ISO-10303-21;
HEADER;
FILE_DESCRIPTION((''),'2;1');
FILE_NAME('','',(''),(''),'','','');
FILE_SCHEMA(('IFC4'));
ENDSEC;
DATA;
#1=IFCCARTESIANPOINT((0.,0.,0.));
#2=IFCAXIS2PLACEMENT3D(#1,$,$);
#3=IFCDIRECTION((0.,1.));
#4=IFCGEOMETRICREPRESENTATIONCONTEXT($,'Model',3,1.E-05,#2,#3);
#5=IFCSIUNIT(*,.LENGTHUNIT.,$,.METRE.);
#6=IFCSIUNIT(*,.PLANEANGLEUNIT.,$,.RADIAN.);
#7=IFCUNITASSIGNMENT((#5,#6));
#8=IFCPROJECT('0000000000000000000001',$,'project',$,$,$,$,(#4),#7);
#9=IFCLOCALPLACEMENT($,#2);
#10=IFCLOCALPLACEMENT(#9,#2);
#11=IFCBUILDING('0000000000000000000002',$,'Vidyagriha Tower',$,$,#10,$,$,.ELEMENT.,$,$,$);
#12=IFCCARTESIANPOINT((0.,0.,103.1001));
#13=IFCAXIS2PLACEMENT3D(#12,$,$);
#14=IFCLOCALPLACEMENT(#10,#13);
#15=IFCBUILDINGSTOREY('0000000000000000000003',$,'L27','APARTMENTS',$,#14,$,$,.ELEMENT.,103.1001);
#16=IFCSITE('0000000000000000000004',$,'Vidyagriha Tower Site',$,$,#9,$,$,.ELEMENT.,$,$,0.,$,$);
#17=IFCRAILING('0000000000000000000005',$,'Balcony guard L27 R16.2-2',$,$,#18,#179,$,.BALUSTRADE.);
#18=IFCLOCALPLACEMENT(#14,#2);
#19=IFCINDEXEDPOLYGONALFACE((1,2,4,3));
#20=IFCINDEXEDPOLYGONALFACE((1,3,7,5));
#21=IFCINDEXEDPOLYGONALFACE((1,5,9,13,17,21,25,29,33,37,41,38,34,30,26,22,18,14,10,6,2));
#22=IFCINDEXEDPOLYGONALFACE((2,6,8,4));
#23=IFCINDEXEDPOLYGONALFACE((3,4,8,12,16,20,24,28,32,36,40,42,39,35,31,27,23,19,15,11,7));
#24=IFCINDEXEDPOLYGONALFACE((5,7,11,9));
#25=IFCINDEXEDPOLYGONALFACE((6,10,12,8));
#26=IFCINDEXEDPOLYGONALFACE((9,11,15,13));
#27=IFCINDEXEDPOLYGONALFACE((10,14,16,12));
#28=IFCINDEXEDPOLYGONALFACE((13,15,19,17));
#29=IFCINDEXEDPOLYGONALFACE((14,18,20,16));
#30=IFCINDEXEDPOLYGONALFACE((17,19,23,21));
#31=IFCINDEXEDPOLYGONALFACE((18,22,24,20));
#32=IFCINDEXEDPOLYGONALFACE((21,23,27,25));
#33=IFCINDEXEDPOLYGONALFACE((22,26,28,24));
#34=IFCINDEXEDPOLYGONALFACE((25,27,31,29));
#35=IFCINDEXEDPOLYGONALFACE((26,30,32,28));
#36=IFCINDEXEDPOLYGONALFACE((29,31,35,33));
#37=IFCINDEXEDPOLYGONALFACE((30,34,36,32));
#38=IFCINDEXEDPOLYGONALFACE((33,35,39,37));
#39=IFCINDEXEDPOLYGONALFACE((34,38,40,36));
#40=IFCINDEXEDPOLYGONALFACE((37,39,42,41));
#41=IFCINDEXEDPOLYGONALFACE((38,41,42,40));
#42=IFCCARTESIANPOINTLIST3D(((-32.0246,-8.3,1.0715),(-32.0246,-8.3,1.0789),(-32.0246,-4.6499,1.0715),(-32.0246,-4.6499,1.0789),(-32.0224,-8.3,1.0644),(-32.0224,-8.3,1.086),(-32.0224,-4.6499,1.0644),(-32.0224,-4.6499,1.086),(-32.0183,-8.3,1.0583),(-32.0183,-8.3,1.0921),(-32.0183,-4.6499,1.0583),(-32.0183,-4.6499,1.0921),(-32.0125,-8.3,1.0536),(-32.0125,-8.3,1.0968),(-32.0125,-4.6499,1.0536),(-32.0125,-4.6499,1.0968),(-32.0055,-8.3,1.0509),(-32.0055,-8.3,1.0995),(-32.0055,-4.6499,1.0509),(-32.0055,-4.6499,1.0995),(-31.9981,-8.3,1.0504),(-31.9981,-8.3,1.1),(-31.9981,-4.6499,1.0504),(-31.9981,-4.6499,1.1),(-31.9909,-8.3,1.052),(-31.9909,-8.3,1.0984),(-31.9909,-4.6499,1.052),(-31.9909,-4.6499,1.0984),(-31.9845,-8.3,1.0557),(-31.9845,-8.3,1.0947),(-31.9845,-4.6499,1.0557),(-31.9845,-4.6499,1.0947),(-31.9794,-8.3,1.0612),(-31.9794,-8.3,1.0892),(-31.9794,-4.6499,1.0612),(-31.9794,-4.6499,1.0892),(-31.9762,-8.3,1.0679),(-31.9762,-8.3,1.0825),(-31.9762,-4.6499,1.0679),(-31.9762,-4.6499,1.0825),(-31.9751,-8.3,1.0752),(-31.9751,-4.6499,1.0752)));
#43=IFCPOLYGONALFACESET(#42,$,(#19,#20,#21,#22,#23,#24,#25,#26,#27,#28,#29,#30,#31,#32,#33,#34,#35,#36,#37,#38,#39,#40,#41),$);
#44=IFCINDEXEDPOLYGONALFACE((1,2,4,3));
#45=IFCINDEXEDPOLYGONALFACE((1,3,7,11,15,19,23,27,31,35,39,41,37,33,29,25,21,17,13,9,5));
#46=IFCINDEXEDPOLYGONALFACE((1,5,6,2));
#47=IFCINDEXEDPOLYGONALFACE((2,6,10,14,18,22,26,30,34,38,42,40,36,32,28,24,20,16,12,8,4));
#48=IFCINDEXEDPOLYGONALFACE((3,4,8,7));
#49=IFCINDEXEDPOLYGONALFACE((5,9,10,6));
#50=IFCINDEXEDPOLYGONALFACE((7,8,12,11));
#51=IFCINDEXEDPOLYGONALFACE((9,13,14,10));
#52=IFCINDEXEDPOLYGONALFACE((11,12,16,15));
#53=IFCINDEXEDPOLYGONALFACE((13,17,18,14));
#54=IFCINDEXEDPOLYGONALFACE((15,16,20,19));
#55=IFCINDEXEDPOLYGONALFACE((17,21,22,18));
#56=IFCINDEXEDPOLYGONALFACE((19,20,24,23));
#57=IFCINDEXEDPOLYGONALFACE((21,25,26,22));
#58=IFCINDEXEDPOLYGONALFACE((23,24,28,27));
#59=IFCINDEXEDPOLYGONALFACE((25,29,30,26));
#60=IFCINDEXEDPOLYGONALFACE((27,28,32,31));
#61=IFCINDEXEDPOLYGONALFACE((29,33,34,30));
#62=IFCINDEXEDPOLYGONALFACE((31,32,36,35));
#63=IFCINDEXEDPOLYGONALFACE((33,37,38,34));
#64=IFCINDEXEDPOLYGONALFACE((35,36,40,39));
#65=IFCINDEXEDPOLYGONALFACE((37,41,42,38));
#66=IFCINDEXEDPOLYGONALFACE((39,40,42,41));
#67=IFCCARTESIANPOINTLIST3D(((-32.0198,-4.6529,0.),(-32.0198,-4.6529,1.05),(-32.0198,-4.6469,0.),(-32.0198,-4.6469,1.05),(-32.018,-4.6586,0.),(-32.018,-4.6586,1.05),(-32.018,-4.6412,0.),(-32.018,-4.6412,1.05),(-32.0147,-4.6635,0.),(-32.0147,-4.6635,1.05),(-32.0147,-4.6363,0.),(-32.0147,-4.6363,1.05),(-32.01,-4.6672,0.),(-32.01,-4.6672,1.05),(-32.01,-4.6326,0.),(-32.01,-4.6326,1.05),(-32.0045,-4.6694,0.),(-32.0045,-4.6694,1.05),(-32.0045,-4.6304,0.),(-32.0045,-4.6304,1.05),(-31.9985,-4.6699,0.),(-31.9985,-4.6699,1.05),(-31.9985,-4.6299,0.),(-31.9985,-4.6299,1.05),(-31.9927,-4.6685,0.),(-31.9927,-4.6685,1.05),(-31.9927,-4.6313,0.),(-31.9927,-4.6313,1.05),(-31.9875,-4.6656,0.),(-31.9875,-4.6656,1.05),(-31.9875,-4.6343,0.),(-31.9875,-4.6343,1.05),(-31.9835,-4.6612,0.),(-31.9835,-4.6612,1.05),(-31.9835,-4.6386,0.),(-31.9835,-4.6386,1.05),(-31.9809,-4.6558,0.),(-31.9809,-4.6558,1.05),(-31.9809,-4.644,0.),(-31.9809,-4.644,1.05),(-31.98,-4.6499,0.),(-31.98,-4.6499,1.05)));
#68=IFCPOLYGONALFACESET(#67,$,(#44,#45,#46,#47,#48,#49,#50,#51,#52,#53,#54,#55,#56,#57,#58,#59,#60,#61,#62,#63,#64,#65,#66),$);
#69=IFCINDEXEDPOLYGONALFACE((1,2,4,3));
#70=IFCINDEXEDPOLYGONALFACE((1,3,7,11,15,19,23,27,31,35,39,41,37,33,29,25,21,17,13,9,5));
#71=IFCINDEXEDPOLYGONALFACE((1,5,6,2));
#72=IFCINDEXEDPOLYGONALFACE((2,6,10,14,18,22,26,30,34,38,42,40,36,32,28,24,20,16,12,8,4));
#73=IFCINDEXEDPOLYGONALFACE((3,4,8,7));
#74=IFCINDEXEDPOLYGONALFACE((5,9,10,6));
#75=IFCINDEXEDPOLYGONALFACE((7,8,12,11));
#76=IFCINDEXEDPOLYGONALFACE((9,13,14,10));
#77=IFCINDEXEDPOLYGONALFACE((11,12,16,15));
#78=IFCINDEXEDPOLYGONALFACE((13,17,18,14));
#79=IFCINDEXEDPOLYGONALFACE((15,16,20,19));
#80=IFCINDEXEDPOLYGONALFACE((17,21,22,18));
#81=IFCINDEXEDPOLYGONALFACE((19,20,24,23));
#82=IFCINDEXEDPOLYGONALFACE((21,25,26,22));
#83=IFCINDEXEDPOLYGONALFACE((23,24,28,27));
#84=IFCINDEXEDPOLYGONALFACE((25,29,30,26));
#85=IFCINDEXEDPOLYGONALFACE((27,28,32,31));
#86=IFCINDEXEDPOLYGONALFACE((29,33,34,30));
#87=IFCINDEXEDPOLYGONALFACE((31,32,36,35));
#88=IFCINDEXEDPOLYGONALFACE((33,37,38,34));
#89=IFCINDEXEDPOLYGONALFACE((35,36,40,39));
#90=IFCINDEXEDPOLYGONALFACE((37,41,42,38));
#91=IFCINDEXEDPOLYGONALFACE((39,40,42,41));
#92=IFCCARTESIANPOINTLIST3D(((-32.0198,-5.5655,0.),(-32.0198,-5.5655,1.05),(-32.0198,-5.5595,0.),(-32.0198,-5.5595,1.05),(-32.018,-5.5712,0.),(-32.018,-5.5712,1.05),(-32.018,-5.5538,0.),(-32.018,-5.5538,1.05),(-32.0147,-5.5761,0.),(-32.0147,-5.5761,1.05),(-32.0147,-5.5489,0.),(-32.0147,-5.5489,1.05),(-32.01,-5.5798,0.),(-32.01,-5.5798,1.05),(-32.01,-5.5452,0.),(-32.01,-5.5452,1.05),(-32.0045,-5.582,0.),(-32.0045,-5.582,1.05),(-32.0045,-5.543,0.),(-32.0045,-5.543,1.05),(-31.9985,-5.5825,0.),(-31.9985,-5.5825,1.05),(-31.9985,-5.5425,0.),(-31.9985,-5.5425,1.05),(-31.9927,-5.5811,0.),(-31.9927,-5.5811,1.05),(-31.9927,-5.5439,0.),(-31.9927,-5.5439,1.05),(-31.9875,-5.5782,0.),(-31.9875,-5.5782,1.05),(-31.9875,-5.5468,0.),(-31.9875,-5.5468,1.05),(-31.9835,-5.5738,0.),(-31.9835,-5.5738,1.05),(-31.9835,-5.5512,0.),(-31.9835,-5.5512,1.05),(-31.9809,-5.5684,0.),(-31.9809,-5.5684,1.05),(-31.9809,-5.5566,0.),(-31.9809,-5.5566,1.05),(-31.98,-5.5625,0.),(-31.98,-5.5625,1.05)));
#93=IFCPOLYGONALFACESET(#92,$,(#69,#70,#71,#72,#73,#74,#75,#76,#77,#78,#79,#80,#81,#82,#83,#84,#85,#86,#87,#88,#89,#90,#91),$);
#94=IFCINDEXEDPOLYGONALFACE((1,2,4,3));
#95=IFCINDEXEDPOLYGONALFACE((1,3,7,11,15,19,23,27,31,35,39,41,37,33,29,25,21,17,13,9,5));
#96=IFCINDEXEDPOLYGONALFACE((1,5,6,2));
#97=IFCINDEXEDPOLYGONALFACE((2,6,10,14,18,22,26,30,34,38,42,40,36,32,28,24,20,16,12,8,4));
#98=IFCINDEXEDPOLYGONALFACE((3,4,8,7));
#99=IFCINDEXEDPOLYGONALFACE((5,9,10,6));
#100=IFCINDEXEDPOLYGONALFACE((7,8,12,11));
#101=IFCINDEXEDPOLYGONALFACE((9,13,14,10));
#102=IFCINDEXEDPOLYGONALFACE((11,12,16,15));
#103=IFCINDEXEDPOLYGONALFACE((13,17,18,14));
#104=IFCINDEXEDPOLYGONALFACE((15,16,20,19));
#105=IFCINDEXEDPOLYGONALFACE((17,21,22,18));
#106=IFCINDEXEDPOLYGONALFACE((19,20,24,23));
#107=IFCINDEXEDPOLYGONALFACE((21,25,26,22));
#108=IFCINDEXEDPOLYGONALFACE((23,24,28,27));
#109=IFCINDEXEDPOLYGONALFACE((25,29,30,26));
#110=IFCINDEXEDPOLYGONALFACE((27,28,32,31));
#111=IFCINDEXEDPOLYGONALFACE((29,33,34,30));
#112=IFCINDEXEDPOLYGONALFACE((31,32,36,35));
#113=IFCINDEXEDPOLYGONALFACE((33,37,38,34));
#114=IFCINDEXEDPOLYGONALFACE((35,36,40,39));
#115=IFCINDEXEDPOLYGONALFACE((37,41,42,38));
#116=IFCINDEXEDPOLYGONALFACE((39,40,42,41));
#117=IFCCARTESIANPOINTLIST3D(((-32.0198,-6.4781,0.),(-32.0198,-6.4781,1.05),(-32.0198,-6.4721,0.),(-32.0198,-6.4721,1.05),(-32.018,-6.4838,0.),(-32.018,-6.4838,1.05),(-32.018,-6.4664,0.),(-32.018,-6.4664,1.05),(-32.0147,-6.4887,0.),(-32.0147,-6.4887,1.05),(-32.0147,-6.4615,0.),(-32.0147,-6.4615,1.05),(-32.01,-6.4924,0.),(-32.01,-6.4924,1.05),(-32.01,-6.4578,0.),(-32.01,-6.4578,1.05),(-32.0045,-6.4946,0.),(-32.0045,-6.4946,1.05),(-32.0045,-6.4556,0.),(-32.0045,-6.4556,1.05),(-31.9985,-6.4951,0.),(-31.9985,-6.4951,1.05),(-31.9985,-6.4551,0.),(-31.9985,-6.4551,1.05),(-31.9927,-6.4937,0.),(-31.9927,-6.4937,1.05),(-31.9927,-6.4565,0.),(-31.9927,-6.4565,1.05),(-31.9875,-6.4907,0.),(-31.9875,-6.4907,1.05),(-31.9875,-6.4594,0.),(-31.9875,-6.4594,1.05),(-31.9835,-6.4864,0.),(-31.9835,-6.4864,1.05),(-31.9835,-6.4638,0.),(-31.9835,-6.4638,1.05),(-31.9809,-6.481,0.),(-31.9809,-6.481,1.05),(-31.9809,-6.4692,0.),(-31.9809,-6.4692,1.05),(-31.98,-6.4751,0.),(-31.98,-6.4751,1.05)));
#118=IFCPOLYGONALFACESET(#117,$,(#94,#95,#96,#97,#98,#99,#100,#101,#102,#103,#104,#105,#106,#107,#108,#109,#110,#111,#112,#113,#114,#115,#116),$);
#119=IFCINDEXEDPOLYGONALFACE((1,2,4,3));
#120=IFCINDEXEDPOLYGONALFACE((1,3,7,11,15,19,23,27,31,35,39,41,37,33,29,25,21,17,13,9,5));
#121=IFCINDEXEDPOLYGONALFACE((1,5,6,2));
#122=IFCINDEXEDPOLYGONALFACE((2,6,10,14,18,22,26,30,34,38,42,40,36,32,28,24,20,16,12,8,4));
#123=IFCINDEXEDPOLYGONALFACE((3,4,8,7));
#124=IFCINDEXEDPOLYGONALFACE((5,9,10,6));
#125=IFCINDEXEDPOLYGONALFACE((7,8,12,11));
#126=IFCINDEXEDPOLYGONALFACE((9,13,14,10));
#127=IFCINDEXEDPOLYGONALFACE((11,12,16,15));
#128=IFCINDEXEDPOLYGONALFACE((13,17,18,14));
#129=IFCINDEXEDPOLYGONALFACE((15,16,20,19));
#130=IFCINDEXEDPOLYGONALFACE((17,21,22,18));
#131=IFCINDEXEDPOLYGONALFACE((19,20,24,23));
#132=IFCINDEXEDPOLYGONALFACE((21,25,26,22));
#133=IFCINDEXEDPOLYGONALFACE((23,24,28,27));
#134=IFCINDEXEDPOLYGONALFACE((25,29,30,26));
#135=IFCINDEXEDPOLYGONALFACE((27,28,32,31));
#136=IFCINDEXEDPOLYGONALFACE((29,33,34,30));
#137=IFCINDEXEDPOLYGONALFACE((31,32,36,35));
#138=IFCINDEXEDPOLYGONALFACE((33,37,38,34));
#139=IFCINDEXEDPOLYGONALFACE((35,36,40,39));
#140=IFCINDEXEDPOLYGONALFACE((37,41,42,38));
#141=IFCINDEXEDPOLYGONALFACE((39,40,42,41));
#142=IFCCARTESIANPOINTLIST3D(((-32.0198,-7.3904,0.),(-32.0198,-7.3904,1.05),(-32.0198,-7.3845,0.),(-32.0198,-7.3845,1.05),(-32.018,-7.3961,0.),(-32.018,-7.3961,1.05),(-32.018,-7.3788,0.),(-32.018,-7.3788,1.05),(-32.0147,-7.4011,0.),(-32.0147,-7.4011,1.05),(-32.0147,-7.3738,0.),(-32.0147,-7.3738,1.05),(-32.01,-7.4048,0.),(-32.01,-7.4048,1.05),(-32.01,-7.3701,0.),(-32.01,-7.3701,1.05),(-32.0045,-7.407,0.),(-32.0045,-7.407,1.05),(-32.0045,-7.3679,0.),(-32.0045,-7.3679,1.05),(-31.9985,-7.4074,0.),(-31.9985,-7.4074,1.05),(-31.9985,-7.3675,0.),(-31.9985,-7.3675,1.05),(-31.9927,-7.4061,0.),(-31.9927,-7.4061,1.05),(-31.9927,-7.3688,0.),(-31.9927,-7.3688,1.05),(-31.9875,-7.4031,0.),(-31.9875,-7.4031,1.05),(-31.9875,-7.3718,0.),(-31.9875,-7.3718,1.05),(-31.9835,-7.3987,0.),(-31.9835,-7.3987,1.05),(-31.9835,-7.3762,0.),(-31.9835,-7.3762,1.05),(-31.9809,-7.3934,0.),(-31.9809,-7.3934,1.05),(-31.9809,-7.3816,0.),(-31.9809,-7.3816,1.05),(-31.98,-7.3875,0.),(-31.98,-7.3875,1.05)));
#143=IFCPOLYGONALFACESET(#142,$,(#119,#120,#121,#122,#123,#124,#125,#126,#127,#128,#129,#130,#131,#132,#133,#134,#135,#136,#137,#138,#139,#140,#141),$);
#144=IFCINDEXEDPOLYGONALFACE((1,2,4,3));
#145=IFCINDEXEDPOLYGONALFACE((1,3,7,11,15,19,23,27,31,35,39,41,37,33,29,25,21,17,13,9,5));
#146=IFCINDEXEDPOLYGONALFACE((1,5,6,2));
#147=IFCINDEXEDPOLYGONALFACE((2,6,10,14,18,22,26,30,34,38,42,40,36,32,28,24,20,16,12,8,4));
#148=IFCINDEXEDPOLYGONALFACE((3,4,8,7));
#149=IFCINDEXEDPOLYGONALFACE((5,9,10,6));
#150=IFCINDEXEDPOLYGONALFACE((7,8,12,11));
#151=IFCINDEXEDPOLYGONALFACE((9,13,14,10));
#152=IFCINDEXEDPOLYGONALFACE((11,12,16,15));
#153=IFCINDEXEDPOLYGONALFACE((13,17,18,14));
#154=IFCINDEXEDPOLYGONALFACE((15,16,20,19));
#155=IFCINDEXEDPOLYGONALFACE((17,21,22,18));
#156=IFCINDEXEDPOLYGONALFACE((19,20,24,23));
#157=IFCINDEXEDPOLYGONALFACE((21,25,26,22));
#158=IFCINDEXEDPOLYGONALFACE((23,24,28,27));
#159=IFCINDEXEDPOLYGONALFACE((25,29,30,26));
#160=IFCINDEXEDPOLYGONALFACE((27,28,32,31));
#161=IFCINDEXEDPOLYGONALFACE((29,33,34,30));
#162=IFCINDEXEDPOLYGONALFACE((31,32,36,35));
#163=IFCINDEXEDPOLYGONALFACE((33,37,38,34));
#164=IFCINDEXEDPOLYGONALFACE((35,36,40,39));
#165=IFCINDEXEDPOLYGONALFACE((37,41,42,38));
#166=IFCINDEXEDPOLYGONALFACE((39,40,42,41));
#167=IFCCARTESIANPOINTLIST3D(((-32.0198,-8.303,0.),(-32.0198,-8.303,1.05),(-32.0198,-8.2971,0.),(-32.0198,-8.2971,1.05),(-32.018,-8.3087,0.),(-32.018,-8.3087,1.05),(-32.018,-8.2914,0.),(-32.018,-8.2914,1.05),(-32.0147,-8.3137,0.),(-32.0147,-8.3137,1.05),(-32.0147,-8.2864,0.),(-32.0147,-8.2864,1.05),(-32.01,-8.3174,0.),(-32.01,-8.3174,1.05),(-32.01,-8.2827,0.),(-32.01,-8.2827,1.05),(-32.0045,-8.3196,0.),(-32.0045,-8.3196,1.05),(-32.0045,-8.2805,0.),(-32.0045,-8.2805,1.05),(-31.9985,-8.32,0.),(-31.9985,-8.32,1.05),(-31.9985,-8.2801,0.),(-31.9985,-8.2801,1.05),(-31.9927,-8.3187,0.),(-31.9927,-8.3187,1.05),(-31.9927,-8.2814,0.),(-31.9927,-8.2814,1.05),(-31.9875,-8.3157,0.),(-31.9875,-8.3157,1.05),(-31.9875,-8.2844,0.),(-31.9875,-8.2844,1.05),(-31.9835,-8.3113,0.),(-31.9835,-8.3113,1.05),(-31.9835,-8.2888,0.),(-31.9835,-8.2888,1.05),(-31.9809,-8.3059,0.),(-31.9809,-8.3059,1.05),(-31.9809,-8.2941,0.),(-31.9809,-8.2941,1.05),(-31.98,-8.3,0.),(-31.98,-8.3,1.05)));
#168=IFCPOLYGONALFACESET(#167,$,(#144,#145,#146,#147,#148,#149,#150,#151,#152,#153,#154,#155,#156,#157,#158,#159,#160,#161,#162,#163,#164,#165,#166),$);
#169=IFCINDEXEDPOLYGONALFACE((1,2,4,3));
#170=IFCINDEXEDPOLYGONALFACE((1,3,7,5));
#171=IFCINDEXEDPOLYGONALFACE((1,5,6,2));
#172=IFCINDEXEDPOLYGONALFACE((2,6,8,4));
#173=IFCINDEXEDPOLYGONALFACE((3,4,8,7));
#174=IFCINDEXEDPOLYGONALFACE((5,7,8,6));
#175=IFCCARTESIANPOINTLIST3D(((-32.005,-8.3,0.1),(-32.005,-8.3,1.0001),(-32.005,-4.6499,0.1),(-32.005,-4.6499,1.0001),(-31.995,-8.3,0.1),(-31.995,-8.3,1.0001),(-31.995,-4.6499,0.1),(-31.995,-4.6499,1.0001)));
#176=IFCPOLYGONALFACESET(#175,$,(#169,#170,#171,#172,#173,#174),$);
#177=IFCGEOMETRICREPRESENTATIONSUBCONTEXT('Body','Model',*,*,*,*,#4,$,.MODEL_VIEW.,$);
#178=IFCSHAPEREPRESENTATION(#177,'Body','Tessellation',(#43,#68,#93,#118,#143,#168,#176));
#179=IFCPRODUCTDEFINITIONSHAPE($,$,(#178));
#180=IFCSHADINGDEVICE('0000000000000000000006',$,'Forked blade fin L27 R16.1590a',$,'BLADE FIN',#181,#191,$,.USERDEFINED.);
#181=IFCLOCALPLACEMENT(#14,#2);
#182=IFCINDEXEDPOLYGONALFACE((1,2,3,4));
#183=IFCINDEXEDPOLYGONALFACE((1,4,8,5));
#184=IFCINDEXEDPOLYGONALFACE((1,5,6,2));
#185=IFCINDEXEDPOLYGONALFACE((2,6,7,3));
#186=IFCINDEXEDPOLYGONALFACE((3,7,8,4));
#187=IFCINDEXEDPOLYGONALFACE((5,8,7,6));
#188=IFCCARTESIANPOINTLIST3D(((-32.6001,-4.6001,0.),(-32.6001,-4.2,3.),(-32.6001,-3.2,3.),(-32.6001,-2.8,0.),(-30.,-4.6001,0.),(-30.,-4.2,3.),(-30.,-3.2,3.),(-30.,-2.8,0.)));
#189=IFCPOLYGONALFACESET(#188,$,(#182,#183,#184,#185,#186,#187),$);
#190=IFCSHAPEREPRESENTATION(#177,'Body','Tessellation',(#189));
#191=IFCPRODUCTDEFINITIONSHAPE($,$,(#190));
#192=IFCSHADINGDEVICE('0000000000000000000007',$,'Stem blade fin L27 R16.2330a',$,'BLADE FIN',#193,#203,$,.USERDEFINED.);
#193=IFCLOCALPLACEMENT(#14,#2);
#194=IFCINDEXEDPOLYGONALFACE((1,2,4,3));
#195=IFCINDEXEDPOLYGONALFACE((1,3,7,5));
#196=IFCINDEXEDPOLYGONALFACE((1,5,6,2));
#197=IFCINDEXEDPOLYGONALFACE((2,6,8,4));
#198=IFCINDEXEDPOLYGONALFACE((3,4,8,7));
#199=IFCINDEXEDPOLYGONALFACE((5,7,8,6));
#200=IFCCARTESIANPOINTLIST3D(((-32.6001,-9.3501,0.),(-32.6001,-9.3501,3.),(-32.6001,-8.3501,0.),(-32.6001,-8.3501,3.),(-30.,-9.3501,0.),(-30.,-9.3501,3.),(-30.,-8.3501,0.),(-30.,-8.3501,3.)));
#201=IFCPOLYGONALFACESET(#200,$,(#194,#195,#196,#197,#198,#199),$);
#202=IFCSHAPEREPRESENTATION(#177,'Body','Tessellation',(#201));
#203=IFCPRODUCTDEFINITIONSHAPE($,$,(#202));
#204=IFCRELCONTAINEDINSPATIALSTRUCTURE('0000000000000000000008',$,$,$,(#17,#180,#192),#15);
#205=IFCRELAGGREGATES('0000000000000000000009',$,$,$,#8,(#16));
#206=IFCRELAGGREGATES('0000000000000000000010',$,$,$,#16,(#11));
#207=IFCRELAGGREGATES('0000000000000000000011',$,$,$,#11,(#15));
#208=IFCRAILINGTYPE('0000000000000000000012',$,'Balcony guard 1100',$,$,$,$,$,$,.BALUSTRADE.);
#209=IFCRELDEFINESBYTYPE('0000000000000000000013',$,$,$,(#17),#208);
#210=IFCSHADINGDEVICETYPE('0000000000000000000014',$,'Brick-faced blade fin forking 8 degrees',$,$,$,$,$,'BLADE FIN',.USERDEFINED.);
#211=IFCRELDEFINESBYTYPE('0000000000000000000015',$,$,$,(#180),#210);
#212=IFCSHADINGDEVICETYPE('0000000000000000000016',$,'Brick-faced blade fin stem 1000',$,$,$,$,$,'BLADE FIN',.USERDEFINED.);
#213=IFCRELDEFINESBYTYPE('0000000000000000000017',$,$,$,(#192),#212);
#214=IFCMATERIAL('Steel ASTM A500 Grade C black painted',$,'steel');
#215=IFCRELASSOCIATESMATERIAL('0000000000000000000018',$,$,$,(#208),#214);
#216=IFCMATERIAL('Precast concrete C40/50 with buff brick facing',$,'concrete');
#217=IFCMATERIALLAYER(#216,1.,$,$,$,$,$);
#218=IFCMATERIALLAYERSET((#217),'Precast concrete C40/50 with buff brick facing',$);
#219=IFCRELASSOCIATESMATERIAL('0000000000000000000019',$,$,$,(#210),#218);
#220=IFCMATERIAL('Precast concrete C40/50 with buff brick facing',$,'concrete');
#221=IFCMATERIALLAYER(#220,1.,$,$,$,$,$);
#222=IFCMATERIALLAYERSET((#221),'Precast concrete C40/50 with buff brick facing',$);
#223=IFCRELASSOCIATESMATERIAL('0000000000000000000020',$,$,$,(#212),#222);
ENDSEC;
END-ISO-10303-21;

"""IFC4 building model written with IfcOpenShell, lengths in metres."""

from ifc_helpers import new_model, si_unit, direction, frame, origin, origin_2d, place, context, subcontext, project, spatial, polyline, rectangle, circle, outline, extrude, material, layer, layer_set, type_object, element, save


model = new_model("IFC4")

# Units and contexts
model_context = context("Model", 3, precision=1e-05, world=origin(), true_north=direction((0.0, 1.0)))
body_context = subcontext(model_context, "Body", "Model", "MODEL_VIEW")
ifc_project = project(units=[si_unit("LENGTHUNIT", "METRE"), si_unit("PLANEANGLEUNIT", "RADIAN")], contexts=[model_context])

# Site, building, storey
site_placement = place(None, origin())
site = spatial("IfcSite", under=ifc_project, at=site_placement, Name="Vidyagriha Tower Site", CompositionType="ELEMENT", RefElevation=0.0)
building_placement = place(site_placement, origin())
building = spatial("IfcBuilding", under=site, at=building_placement, Name="Vidyagriha Tower", CompositionType="ELEMENT")
storey_placement = place(building_placement, frame((0.0, 0.0, 103.1001)))
storey = spatial("IfcBuildingStorey", under=building, at=storey_placement, Name="L27", Description="APARTMENTS", CompositionType="ELEMENT", Elevation=103.1001)

# Railing
ifc_material_1 = material(Name="Steel ASTM A500 Grade C black painted", Category="steel")
railing_type_1 = type_object("IfcRailingType", Name="Balcony guard 1100", PredefinedType="BALUSTRADE", material=ifc_material_1)
railing_1_placement = place(storey_placement, frame((-32.0, -4.6499, 0.0)))
element("IfcRailing", 1, at=railing_1_placement, inside=storey, type_object=railing_type_1, Name="Balcony guard L27 R16.2-2", PredefinedType="BALUSTRADE", context=body_context, shape_type="SweptSolid", body=[
    extrude(circle(Radius=0.0249, at=origin_2d()), frame((0.0, 0.0, 1.0752), z_axis=(0.0, -1.0, 0.0), x_axis=(1.0, 0.0, 0.0)), (0.0, 0.0, 1.0), 3.6501),
    extrude(circle(Radius=0.02, at=origin_2d()), origin(), (0.0, 0.0, 1.0), 1.05),
    extrude(circle(Radius=0.02, at=origin_2d()), frame((0.0, -0.9126, 0.0)), (0.0, 0.0, 1.0), 1.05),
    extrude(circle(Radius=0.02, at=origin_2d()), frame((0.0, -1.8252, 0.0)), (0.0, 0.0, 1.0), 1.05),
    extrude(circle(Radius=0.02, at=origin_2d()), frame((0.0, -2.7375, 0.0)), (0.0, 0.0, 1.0), 1.05),
    extrude(circle(Radius=0.02, at=origin_2d()), frame((0.0, -3.6501, 0.0)), (0.0, 0.0, 1.0), 1.05),
    extrude(rectangle(XDim=0.01, YDim=0.9001, at=origin_2d()), frame((0.0, 0.0, 0.55), z_axis=(0.0, -1.0, 0.0), x_axis=(1.0, 0.0, 0.0)), (0.0, 0.0, 1.0), 3.6501),
])

# Shading devices
ifc_material_2 = material(Name="Precast concrete C40/50 with buff brick facing", Category="concrete")
ifc_layer_1 = layer(ifc_material_2, 1.0)
ifc_layer_set_1 = layer_set([ifc_layer_1], Name="Precast concrete C40/50 with buff brick facing")
shading_device_type_1 = type_object("IfcShadingDeviceType", Name="Brick-faced blade fin forking 8 degrees", ElementType="BLADE FIN", PredefinedType="USERDEFINED", material=ifc_layer_set_1)
shading_device_1_placement = place(storey_placement, frame((-31.3, -2.8, 0.0), z_axis=(0.0, 0.0, 1.0), x_axis=(0.0, -1.0, 0.0)))
element("IfcShadingDevice", 2, at=shading_device_1_placement, inside=storey, type_object=shading_device_type_1, Name="Forked blade fin L27 R16.1590a", ObjectType="BLADE FIN", PredefinedType="USERDEFINED", context=body_context, shape_type="SweptSolid", body=[
    extrude(outline(polyline([(0.0, 0.0), (1.8, 0.0), (1.3999, 3.0), (0.3999, 3.0), (0.0, 0.0)])), frame((0.0, 1.3, 0.0), z_axis=(0.0, -1.0, 0.0), x_axis=(1.0, 0.0, 0.0)), (0.0, 0.0, 1.0), 2.6001),
])
ifc_material_3 = material(Name="Precast concrete C40/50 with buff brick facing", Category="concrete")
ifc_layer_2 = layer(ifc_material_3, 1.0)
ifc_layer_set_2 = layer_set([ifc_layer_2], Name="Precast concrete C40/50 with buff brick facing")
shading_device_type_2 = type_object("IfcShadingDeviceType", Name="Brick-faced blade fin stem 1000", ElementType="BLADE FIN", PredefinedType="USERDEFINED", material=ifc_layer_set_2)
shading_device_2_placement = place(storey_placement, frame((-31.3, -8.3501, 0.0), z_axis=(0.0, 0.0, 1.0), x_axis=(0.0, -1.0, 0.0)))
element("IfcShadingDevice", 3, at=shading_device_2_placement, inside=storey, type_object=shading_device_type_2, Name="Stem blade fin L27 R16.2330a", ObjectType="BLADE FIN", PredefinedType="USERDEFINED", context=body_context, shape_type="SweptSolid", body=[
    extrude(outline(polyline([(0.0, 0.0), (1.0, 0.0), (1.0, 3.0), (0.0, 3.0), (0.0, 0.0)])), frame((0.0, 1.3, 0.0), z_axis=(0.0, -1.0, 0.0), x_axis=(1.0, 0.0, 0.0)), (0.0, 0.0, 1.0), 2.6001),
])

save(model, "model.ifc")
